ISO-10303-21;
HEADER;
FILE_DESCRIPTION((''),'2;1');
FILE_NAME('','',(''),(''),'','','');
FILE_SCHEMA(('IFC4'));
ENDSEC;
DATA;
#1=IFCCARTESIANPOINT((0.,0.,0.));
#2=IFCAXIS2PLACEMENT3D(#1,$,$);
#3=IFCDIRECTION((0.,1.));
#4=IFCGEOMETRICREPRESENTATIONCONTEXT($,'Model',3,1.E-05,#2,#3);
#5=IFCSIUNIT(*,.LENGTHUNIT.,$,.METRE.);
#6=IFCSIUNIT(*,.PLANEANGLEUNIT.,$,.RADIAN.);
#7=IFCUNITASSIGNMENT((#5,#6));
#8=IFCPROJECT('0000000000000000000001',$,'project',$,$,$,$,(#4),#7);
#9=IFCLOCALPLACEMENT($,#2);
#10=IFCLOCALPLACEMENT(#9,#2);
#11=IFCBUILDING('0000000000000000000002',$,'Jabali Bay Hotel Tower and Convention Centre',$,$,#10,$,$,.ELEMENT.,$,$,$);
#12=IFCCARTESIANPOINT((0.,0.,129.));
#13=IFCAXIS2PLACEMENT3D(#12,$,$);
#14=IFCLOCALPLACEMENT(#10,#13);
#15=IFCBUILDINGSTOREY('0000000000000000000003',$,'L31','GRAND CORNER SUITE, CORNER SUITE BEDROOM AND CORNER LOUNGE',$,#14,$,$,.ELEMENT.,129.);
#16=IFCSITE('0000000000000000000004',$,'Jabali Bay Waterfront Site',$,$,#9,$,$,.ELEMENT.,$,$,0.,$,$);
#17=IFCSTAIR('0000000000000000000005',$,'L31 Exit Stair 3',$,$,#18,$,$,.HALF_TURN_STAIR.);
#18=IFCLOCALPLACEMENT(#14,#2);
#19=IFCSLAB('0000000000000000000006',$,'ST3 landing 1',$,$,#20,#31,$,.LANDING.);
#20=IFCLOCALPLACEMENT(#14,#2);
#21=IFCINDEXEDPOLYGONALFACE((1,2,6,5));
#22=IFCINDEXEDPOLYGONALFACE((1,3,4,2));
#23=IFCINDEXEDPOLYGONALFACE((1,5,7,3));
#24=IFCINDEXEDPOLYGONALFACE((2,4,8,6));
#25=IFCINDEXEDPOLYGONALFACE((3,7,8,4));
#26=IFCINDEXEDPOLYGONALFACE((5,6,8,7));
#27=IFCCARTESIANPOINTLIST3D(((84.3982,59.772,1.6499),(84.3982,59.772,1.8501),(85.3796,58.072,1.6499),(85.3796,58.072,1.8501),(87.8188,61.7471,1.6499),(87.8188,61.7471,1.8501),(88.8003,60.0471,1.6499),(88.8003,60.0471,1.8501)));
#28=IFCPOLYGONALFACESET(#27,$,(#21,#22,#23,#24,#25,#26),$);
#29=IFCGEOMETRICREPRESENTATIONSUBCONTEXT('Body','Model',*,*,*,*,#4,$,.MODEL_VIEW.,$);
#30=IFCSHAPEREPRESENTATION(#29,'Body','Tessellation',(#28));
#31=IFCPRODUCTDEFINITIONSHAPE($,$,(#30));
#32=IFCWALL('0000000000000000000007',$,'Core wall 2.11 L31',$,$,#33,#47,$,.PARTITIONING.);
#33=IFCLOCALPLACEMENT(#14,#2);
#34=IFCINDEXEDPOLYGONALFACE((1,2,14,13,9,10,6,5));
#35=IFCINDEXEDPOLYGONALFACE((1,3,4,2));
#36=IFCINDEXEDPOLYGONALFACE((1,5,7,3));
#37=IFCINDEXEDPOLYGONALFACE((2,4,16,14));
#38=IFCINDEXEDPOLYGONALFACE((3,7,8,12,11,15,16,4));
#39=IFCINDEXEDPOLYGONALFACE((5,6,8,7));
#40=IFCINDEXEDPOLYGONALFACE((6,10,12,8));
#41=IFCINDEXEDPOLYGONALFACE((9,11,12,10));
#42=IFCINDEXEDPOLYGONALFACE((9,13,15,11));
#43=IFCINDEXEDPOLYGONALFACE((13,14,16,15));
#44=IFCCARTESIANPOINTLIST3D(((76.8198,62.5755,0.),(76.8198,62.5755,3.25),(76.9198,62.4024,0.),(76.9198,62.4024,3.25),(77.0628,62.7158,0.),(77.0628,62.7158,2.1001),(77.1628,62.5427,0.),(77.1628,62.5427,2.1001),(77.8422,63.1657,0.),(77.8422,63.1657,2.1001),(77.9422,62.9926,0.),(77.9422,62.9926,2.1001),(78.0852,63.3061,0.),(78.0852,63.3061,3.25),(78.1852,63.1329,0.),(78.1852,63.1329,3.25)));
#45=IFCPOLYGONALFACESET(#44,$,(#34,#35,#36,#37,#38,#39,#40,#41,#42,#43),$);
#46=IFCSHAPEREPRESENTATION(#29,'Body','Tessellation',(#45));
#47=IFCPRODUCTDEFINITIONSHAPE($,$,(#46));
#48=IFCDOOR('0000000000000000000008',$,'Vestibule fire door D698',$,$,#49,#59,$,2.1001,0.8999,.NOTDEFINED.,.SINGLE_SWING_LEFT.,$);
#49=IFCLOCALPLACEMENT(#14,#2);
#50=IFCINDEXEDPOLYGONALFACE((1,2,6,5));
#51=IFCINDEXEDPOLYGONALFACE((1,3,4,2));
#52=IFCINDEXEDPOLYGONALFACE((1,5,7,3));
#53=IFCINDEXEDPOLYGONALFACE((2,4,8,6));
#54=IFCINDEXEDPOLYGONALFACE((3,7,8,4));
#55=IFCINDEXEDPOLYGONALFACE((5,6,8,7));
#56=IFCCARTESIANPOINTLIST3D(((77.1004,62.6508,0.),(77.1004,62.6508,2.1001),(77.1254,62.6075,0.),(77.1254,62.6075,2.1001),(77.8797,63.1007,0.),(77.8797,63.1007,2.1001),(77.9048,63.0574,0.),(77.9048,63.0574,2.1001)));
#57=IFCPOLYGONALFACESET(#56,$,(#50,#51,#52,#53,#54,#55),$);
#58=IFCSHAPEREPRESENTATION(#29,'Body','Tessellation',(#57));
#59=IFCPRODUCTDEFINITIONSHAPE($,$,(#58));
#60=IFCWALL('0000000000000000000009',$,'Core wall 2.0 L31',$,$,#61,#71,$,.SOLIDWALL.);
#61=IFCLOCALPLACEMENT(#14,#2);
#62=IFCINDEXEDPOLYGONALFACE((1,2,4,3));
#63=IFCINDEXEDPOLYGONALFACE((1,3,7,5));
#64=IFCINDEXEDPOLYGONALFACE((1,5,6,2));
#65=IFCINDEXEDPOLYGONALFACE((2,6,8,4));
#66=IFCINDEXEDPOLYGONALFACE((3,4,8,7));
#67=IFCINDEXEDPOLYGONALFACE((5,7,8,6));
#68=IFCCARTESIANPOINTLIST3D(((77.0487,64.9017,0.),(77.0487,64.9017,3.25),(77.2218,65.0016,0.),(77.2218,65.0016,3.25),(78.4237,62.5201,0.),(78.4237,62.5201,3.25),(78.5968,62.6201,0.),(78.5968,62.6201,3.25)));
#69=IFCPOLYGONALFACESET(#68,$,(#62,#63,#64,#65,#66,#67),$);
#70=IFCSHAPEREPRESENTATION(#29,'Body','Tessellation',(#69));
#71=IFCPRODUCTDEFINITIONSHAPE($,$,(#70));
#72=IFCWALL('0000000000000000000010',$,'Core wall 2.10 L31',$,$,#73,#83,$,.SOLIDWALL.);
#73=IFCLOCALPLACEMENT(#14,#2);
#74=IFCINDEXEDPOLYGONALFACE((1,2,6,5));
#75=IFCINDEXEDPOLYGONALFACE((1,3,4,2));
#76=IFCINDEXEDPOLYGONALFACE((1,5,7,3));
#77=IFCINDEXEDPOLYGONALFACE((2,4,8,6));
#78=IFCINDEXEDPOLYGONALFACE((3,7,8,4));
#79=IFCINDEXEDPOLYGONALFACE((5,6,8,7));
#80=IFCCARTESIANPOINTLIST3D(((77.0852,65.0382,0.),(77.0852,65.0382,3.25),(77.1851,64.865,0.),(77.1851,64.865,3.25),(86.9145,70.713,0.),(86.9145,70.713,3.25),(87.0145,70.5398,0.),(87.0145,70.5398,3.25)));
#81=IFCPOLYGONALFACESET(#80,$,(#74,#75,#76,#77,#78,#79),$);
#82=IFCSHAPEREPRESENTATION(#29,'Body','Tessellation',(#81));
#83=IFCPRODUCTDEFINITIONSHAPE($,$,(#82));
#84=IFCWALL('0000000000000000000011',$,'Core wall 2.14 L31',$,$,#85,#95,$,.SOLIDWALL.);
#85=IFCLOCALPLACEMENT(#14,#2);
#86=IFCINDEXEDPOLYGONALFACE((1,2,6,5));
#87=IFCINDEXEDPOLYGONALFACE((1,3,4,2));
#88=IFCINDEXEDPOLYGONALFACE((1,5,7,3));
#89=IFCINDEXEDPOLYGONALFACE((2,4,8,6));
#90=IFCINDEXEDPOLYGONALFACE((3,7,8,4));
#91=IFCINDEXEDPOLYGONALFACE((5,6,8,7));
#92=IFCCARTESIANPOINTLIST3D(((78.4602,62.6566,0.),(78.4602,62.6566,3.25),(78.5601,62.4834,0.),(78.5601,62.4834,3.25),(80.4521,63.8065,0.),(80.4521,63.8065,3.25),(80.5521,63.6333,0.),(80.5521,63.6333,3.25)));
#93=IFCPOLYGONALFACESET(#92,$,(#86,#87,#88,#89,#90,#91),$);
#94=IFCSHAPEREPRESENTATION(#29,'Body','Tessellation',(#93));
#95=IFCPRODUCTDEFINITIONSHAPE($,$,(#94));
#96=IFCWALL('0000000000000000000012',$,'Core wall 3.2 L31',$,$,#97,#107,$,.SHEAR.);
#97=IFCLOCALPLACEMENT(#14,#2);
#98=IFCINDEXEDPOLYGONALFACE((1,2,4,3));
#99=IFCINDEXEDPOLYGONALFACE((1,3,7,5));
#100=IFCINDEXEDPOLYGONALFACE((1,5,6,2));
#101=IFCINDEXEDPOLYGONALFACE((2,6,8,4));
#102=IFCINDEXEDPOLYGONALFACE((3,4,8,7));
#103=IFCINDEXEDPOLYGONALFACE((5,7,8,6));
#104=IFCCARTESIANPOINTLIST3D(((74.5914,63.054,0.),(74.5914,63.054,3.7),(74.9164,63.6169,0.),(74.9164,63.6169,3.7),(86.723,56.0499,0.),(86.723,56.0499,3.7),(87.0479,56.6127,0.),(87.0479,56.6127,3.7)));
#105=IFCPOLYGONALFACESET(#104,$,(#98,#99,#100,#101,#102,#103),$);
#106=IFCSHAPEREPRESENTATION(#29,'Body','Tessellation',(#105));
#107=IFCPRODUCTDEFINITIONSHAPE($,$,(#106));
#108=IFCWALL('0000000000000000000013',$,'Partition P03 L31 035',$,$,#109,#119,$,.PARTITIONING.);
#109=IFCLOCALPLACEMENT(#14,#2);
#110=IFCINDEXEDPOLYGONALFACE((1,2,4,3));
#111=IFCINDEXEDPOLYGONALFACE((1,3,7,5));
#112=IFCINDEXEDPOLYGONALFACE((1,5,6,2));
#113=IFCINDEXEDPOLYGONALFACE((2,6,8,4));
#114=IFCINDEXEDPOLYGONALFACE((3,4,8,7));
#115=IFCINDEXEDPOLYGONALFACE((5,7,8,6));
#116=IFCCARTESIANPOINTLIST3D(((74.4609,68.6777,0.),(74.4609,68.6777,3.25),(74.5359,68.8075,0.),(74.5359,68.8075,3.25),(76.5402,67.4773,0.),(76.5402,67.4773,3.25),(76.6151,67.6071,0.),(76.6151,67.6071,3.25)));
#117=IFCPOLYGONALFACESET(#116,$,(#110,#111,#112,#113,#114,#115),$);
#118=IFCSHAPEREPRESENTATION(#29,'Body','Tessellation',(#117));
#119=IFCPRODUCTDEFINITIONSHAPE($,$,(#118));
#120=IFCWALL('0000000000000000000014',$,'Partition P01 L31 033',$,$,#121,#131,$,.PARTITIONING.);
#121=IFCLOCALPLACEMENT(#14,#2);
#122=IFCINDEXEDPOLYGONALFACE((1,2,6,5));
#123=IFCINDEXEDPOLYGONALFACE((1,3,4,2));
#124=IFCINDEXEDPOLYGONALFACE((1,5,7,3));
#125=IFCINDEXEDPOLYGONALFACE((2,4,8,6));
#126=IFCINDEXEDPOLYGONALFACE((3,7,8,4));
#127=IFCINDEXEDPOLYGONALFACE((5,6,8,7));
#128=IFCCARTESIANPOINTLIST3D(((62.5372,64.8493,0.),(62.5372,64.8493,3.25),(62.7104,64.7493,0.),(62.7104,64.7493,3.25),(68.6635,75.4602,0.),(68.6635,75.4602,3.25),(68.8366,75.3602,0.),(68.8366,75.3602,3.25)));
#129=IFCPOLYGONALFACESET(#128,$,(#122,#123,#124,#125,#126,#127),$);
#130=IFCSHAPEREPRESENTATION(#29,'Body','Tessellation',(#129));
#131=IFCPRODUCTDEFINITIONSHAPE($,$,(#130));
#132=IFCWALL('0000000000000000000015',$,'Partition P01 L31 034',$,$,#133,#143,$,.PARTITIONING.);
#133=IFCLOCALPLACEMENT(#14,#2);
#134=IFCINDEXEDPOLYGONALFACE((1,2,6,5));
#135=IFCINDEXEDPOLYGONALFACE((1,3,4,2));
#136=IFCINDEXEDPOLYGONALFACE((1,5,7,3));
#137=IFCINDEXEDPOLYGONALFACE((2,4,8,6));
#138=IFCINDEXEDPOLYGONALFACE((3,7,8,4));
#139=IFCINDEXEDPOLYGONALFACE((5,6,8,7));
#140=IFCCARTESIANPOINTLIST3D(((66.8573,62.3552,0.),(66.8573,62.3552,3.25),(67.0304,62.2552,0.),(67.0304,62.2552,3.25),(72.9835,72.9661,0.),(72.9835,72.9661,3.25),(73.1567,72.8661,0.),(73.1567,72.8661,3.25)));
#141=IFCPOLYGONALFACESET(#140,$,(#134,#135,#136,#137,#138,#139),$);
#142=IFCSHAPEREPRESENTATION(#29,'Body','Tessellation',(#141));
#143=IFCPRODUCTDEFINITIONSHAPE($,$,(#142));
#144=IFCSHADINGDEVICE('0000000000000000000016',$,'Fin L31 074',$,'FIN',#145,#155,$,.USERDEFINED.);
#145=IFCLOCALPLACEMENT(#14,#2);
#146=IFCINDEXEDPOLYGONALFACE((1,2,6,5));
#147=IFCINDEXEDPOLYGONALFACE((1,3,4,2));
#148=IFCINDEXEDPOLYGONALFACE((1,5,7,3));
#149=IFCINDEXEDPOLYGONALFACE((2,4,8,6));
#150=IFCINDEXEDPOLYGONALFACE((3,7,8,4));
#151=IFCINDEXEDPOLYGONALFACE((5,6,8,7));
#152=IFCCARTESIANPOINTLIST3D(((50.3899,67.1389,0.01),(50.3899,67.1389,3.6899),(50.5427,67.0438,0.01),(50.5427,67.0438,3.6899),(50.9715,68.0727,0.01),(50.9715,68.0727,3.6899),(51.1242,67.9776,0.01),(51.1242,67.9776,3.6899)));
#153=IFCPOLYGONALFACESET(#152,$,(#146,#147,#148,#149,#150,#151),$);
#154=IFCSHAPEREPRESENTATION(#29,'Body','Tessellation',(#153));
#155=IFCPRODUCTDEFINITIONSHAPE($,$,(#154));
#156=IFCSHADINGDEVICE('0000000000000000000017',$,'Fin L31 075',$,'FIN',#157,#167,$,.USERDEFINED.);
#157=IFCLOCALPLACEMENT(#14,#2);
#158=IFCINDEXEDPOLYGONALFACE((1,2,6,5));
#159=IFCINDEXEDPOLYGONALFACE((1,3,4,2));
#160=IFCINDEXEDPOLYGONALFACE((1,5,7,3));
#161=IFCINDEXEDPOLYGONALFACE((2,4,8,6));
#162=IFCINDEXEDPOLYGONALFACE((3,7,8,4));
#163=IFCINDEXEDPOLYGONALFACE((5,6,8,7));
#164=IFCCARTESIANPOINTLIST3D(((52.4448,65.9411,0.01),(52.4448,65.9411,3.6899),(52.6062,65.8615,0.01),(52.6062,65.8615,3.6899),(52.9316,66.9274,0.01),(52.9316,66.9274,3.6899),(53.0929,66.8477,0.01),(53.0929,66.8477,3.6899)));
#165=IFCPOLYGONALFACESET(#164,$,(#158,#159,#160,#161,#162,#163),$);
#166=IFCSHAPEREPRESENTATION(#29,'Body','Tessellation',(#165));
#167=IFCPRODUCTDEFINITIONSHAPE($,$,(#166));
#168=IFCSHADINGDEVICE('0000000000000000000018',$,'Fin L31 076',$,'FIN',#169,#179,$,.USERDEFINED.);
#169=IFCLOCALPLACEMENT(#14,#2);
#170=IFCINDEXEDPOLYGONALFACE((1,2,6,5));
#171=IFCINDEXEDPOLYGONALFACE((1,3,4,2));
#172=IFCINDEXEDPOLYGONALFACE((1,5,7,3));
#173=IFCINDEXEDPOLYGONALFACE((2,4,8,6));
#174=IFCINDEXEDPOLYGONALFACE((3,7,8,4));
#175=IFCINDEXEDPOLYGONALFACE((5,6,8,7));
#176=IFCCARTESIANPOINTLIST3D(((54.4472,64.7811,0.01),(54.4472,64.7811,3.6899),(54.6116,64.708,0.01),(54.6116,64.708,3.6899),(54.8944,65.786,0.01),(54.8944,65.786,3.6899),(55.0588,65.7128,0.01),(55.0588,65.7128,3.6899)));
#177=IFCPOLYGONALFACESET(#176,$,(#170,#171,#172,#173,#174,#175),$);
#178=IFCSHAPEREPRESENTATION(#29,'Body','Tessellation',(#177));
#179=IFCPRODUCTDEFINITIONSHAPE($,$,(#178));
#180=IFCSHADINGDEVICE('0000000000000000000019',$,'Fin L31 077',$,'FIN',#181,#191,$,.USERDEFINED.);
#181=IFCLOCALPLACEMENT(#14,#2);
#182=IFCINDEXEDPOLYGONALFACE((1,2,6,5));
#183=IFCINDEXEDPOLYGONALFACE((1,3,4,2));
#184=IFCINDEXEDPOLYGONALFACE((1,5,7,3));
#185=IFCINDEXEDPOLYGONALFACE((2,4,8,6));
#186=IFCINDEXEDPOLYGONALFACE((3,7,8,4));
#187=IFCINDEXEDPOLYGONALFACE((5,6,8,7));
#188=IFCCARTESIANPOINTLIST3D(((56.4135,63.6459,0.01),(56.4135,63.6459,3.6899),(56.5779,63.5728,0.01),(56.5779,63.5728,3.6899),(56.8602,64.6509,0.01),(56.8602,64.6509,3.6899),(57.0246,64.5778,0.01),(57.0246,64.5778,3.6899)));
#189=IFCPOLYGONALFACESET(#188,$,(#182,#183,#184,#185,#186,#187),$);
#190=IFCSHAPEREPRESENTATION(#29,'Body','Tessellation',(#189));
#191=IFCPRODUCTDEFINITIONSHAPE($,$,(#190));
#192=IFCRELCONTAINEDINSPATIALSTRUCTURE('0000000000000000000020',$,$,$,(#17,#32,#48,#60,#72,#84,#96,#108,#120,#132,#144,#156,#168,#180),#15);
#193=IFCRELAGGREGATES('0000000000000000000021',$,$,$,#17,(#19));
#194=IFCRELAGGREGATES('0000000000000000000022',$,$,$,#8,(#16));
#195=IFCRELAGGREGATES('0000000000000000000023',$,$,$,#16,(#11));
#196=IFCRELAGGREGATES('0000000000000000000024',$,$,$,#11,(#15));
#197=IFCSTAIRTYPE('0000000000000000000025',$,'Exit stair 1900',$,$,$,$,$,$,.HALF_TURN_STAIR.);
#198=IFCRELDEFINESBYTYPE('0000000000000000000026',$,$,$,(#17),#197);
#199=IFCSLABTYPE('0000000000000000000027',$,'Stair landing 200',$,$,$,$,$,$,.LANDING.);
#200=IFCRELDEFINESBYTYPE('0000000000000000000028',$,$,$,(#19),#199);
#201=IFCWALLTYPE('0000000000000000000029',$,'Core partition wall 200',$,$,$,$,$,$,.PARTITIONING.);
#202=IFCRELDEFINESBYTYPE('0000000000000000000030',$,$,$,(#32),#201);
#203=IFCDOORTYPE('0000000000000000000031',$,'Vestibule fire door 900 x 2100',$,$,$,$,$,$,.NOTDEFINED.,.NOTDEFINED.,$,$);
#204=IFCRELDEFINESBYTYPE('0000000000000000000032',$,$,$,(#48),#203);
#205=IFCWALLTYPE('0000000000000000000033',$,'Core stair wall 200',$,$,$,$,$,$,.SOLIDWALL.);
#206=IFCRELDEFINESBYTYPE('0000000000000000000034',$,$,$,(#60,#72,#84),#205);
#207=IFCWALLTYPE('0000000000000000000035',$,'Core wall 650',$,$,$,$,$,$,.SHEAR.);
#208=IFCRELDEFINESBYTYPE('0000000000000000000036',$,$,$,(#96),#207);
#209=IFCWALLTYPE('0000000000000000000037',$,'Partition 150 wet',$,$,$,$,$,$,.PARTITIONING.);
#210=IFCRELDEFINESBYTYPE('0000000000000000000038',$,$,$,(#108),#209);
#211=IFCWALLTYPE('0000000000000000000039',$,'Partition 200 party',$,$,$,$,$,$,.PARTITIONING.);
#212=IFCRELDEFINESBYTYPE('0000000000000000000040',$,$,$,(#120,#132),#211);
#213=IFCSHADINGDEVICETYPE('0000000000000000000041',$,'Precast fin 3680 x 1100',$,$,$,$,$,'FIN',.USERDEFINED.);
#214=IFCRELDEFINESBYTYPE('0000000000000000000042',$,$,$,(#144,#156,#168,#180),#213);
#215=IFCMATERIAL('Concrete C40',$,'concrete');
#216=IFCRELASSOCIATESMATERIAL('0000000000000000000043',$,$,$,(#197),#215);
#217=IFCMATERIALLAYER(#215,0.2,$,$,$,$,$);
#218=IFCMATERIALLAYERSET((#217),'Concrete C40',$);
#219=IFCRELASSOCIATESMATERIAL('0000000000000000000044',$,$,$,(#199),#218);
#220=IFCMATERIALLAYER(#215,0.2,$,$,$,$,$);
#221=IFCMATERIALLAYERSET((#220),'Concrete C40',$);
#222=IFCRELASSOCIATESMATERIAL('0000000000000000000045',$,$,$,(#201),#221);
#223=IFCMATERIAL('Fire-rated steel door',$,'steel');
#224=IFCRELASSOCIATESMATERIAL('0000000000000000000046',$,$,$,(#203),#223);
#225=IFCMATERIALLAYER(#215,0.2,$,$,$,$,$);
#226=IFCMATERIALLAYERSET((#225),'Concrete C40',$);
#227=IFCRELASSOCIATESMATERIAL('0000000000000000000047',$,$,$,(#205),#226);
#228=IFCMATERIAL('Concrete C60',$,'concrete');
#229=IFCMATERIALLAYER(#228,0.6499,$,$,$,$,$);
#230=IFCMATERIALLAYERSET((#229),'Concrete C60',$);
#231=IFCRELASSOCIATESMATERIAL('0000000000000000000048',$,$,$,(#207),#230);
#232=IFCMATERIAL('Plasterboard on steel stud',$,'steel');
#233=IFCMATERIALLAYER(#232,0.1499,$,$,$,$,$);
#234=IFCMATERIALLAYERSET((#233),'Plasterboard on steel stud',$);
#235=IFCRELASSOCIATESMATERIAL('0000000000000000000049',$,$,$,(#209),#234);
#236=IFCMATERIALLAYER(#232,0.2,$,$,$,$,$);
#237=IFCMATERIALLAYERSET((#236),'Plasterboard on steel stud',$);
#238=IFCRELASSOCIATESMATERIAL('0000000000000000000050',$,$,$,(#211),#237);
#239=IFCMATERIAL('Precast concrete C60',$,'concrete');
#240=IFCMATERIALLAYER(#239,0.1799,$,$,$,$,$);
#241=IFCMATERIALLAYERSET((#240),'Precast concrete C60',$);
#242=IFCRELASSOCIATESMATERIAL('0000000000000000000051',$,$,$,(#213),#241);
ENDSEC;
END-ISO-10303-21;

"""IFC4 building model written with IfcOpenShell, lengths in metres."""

from ifc_helpers import new_model, si_unit, direction, frame, frame_2d, origin, place, context, subcontext, project, spatial, polyline, rectangle, outline, extrude, material, layer, layer_set, type_object, element, fill, aggregate, save


model = new_model("IFC4")

# Units and contexts
model_context = context("Model", 3, precision=1e-05, world=origin(), true_north=direction((0.0, 1.0)))
body_context = subcontext(model_context, "Body", "Model", "MODEL_VIEW")
ifc_project = project(units=[si_unit("LENGTHUNIT", "METRE"), si_unit("PLANEANGLEUNIT", "RADIAN")], contexts=[model_context])

# Site, building, storey
site_placement = place(None, origin())
site = spatial("IfcSite", under=ifc_project, at=site_placement, Name="Jabali Bay Waterfront Site", CompositionType="ELEMENT", RefElevation=0.0)
building_placement = place(site_placement, origin())
building = spatial("IfcBuilding", under=site, at=building_placement, Name="Jabali Bay Hotel Tower and Convention Centre", CompositionType="ELEMENT")
storey_placement = place(building_placement, frame((0.0, 0.0, 129.0)))
storey = spatial("IfcBuildingStorey", under=building, at=storey_placement, Name="L31", Description="GRAND CORNER SUITE, CORNER SUITE BEDROOM AND CORNER LOUNGE", CompositionType="ELEMENT", Elevation=129.0)

# Shared definitions
ifc_material_1 = material(Name="Concrete C60", Category="concrete")

# Shared definitions
ifc_material_2 = material(Name="Concrete C40", Category="concrete")

# Stair, slab
stair_type = type_object("IfcStairType", Name="Exit stair 1900", PredefinedType="HALF_TURN_STAIR", material=ifc_material_2)
ifc_layer_1 = layer(ifc_material_2, 0.2)
ifc_layer_set_1 = layer_set([ifc_layer_1], Name="Concrete C40")
slab_type_1 = type_object("IfcSlabType", Name="Stair landing 200", PredefinedType="LANDING", material=ifc_layer_set_1)
stair_1_placement = place(storey_placement, origin())
stair_1 = element("IfcStair", 1, at=stair_1_placement, inside=storey, type_object=stair_type, Name="L31 Exit Stair 3", PredefinedType="HALF_TURN_STAIR")
slab_1_placement = place(storey_placement, frame((0.0, 0.0, 1.6499)))
slab_1 = element("IfcSlab", 2, at=slab_1_placement, type_object=slab_type_1, Name="ST3 landing 1", PredefinedType="LANDING", context=body_context, shape_type="SweptSolid", body=[
    extrude(outline(polyline([(84.3982, 59.772), (85.3796, 58.072), (88.8003, 60.0471), (87.8188, 61.7471), (84.3982, 59.772)])), origin(), (0.0, 0.0, 1.0), 0.2002),
])
aggregate(stair_1, [slab_1])

# Wall, opening, door
ifc_layer_2 = layer(ifc_material_2, 0.2)
ifc_layer_set_2 = layer_set([ifc_layer_2], Name="Concrete C40")
wall_type_1 = type_object("IfcWallType", Name="Core partition wall 200", PredefinedType="PARTITIONING", material=ifc_layer_set_2)
wall_1_placement = place(storey_placement, frame((76.8699, 62.489, 0.0), z_axis=(0.0, 0.0, 1.0), x_axis=(0.866055, 0.499949, 0.0)))
wall_1 = element("IfcWall", 3, at=wall_1_placement, inside=storey, type_object=wall_type_1, Name="Core wall 2.11 L31", PredefinedType="PARTITIONING", context=body_context, shape_type="SweptSolid", body=[
    extrude(rectangle(XDim=1.4612, YDim=0.2, at=frame_2d((0.7305, 0.0))), origin(), (0.0, 0.0, 1.0), 3.25),
])
opening_placement = place(wall_1_placement, frame((0.2805, 0.0, 0.0)))
opening = element("IfcOpeningElement", 4, at=opening_placement, cuts=wall_1, PredefinedType="OPENING", context=body_context, shape_type="SweptSolid", body=[
    extrude(rectangle(XDim=0.8999, YDim=2.1001, at=frame_2d((0.45, 1.05))), frame((0.0, 0.1104, 0.0), z_axis=(0.0, -1.0, 0.0), x_axis=(1.0, 0.0, 0.0)), (0.0, 0.0, 1.0), 0.2209),
])
ifc_material_3 = material(Name="Fire-rated steel door", Category="steel")
door_type = type_object("IfcDoorType", Name="Vestibule fire door 900 x 2100", OperationType="NOTDEFINED", PredefinedType="NOTDEFINED", material=ifc_material_3)
door_placement = place(opening_placement, origin())
door = element("IfcDoor", 5, at=door_placement, inside=storey, type_object=door_type, Name="Vestibule fire door D698", OperationType="SINGLE_SWING_LEFT", OverallHeight=2.1001, OverallWidth=0.8999, PredefinedType="NOTDEFINED", context=body_context, shape_type="SweptSolid", body=[
    extrude(rectangle(XDim=0.8999, YDim=2.1001, at=frame_2d((0.45, 1.05))), frame((0.0, 0.0249, 0.0), z_axis=(0.0, -1.0, 0.0), x_axis=(1.0, 0.0, 0.0)), (0.0, 0.0, 1.0), 0.05),
])
fill(opening, door)

# Walls
ifc_layer_3 = layer(ifc_material_2, 0.2)
ifc_layer_set_3 = layer_set([ifc_layer_3], Name="Concrete C40")
wall_type_2 = type_object("IfcWallType", Name="Core stair wall 200", PredefinedType="SOLIDWALL", material=ifc_layer_set_3)
wall_2_placement = place(storey_placement, frame((77.1353, 64.9517, 0.0), z_axis=(0.0, 0.0, 1.0), x_axis=(0.499997, -0.866027, 0.0)))
element("IfcWall", 6, at=wall_2_placement, inside=storey, type_object=wall_type_2, Name="Core wall 2.0 L31", PredefinedType="SOLIDWALL", context=body_context, shape_type="SweptSolid", body=[
    extrude(rectangle(XDim=2.75, YDim=0.2, at=frame_2d((1.375, 0.0))), origin(), (0.0, 0.0, 1.0), 3.25),
])
wall_3_placement = place(storey_placement, frame((77.1353, 64.9517, 0.0), z_axis=(0.0, 0.0, 1.0), x_axis=(0.866032, 0.499989, 0.0)))
element("IfcWall", 7, at=wall_3_placement, inside=storey, type_object=wall_type_2, Name="Core wall 2.10 L31", PredefinedType="SOLIDWALL", context=body_context, shape_type="SweptSolid", body=[
    extrude(rectangle(XDim=11.3499, YDim=0.2, at=frame_2d((5.6748, 0.0))), origin(), (0.0, 0.0, 1.0), 3.25),
])
wall_4_placement = place(storey_placement, frame((78.5103, 62.5701, 0.0), z_axis=(0.0, 0.0, 1.0), x_axis=(0.866053, 0.499952, 0.0)))
element("IfcWall", 8, at=wall_4_placement, inside=storey, type_object=wall_type_2, Name="Core wall 2.14 L31", PredefinedType="SOLIDWALL", context=body_context, shape_type="SweptSolid", body=[
    extrude(rectangle(XDim=2.3, YDim=0.2, at=frame_2d((1.1499, 0.0))), origin(), (0.0, 0.0, 1.0), 3.25),
])
ifc_layer_4 = layer(ifc_material_1, 0.6499)
ifc_layer_set_4 = layer_set([ifc_layer_4], Name="Concrete C60")
wall_type_3 = type_object("IfcWallType", Name="Core wall 650", PredefinedType="SHEAR", material=ifc_layer_set_4)
wall_5_placement = place(storey_placement, frame((74.7539, 63.3354, 0.0), z_axis=(0.0, 0.0, 1.0), x_axis=(0.866026, -0.499999, 0.0)))
element("IfcWall", 9, at=wall_5_placement, inside=storey, type_object=wall_type_3, Name="Core wall 3.2 L31", PredefinedType="SHEAR", context=body_context, shape_type="SweptSolid", body=[
    extrude(rectangle(XDim=14.0083, YDim=0.6499, at=frame_2d((7.0042, 0.0))), origin(), (0.0, 0.0, 1.0), 3.7),
])
ifc_material_4 = material(Name="Plasterboard on steel stud", Category="steel")
ifc_layer_5 = layer(ifc_material_4, 0.1499)
ifc_layer_set_5 = layer_set([ifc_layer_5], Name="Plasterboard on steel stud")
wall_type_4 = type_object("IfcWallType", Name="Partition 150 wet", PredefinedType="PARTITIONING", material=ifc_layer_set_5)
wall_6_placement = place(storey_placement, frame((76.5776, 67.5422, 0.0), z_axis=(0.0, 0.0, 1.0), x_axis=(-0.866038, 0.499978, 0.0)))
element("IfcWall", 10, at=wall_6_placement, inside=storey, type_object=wall_type_4, Name="Partition P03 L31 035", PredefinedType="PARTITIONING", context=body_context, shape_type="SweptSolid", body=[
    extrude(rectangle(XDim=2.4009, YDim=0.1499, at=frame_2d((1.2004, 0.0))), origin(), (0.0, 0.0, 1.0), 3.25),
])
ifc_layer_6 = layer(ifc_material_4, 0.2)
ifc_layer_set_6 = layer_set([ifc_layer_6], Name="Plasterboard on steel stud")
wall_type_5 = type_object("IfcWallType", Name="Partition 200 party", PredefinedType="PARTITIONING", material=ifc_layer_set_6)
for number, where, z_axis, x_axis, name in (
    (11, (62.6238, 64.7993, 0.0), (0.0, 0.0, 1.0), (0.500003, 0.866024, 0.0), "Partition P01 L31 033"),
    (12, (66.9438, 62.3052, 0.0), (0.0, 0.0, 1.0), (0.500003, 0.866024, 0.0), "Partition P01 L31 034"),
):
    element("IfcWall", number, at=place(storey_placement, frame(where, z_axis=z_axis, x_axis=x_axis)), inside=storey, type_object=wall_type_5, Name=name, PredefinedType="PARTITIONING", context=body_context, shape_type="SweptSolid", body=[
        extrude(rectangle(XDim=12.2524, YDim=0.2, at=frame_2d((6.1262, 0.0))), origin(), (0.0, 0.0, 1.0), 3.25),
    ])

# Shading devices
ifc_material_5 = material(Name="Precast concrete C60", Category="concrete")
ifc_layer_7 = layer(ifc_material_5, 0.1799)
ifc_layer_set_7 = layer_set([ifc_layer_7], Name="Precast concrete C60")
shading_device_type_1 = type_object("IfcShadingDeviceType", Name="Precast fin 3680 x 1100", ElementType="FIN", PredefinedType="USERDEFINED", material=ifc_layer_set_7)
shading_device_1_placement = place(storey_placement, frame((51.0479, 68.0251, 0.01), z_axis=(0.0, 0.0, 1.0), x_axis=(-0.528622, -0.848857, 0.0)))
element("IfcShadingDevice", 13, at=shading_device_1_placement, inside=storey, type_object=shading_device_type_1, Name="Fin L31 074", ObjectType="FIN", PredefinedType="USERDEFINED", context=body_context, shape_type="SweptSolid", body=[
    extrude(rectangle(XDim=1.1001, YDim=0.1799, at=frame_2d((0.55, 0.0))), origin(), (0.0, 0.0, 1.0), 3.6799),
])
for number, where, z_axis, x_axis, name in (
    (14, (53.0122, 66.8875, 0.01), (0.0, 0.0, 1.0), (-0.442591, -0.896724, 0.0), "Fin L31 075"),
    (15, (54.9766, 65.7493, 0.01), (0.0, 0.0, 1.0), (-0.406633, -0.913592, 0.0), "Fin L31 076"),
    (16, (56.9424, 64.6143, 0.01), (0.0, 0.0, 1.0), (-0.40618, -0.913793, 0.0), "Fin L31 077"),
):
    element("IfcShadingDevice", number, at=place(storey_placement, frame(where, z_axis=z_axis, x_axis=x_axis)), inside=storey, type_object=shading_device_type_1, Name=name, ObjectType="FIN", PredefinedType="USERDEFINED", context=body_context, shape_type="SweptSolid", body=[
        extrude(rectangle(XDim=1.0999, YDim=0.1799, at=frame_2d((0.5498, 0.0))), origin(), (0.0, 0.0, 1.0), 3.6799),
    ])

save(model, "model.ifc")
